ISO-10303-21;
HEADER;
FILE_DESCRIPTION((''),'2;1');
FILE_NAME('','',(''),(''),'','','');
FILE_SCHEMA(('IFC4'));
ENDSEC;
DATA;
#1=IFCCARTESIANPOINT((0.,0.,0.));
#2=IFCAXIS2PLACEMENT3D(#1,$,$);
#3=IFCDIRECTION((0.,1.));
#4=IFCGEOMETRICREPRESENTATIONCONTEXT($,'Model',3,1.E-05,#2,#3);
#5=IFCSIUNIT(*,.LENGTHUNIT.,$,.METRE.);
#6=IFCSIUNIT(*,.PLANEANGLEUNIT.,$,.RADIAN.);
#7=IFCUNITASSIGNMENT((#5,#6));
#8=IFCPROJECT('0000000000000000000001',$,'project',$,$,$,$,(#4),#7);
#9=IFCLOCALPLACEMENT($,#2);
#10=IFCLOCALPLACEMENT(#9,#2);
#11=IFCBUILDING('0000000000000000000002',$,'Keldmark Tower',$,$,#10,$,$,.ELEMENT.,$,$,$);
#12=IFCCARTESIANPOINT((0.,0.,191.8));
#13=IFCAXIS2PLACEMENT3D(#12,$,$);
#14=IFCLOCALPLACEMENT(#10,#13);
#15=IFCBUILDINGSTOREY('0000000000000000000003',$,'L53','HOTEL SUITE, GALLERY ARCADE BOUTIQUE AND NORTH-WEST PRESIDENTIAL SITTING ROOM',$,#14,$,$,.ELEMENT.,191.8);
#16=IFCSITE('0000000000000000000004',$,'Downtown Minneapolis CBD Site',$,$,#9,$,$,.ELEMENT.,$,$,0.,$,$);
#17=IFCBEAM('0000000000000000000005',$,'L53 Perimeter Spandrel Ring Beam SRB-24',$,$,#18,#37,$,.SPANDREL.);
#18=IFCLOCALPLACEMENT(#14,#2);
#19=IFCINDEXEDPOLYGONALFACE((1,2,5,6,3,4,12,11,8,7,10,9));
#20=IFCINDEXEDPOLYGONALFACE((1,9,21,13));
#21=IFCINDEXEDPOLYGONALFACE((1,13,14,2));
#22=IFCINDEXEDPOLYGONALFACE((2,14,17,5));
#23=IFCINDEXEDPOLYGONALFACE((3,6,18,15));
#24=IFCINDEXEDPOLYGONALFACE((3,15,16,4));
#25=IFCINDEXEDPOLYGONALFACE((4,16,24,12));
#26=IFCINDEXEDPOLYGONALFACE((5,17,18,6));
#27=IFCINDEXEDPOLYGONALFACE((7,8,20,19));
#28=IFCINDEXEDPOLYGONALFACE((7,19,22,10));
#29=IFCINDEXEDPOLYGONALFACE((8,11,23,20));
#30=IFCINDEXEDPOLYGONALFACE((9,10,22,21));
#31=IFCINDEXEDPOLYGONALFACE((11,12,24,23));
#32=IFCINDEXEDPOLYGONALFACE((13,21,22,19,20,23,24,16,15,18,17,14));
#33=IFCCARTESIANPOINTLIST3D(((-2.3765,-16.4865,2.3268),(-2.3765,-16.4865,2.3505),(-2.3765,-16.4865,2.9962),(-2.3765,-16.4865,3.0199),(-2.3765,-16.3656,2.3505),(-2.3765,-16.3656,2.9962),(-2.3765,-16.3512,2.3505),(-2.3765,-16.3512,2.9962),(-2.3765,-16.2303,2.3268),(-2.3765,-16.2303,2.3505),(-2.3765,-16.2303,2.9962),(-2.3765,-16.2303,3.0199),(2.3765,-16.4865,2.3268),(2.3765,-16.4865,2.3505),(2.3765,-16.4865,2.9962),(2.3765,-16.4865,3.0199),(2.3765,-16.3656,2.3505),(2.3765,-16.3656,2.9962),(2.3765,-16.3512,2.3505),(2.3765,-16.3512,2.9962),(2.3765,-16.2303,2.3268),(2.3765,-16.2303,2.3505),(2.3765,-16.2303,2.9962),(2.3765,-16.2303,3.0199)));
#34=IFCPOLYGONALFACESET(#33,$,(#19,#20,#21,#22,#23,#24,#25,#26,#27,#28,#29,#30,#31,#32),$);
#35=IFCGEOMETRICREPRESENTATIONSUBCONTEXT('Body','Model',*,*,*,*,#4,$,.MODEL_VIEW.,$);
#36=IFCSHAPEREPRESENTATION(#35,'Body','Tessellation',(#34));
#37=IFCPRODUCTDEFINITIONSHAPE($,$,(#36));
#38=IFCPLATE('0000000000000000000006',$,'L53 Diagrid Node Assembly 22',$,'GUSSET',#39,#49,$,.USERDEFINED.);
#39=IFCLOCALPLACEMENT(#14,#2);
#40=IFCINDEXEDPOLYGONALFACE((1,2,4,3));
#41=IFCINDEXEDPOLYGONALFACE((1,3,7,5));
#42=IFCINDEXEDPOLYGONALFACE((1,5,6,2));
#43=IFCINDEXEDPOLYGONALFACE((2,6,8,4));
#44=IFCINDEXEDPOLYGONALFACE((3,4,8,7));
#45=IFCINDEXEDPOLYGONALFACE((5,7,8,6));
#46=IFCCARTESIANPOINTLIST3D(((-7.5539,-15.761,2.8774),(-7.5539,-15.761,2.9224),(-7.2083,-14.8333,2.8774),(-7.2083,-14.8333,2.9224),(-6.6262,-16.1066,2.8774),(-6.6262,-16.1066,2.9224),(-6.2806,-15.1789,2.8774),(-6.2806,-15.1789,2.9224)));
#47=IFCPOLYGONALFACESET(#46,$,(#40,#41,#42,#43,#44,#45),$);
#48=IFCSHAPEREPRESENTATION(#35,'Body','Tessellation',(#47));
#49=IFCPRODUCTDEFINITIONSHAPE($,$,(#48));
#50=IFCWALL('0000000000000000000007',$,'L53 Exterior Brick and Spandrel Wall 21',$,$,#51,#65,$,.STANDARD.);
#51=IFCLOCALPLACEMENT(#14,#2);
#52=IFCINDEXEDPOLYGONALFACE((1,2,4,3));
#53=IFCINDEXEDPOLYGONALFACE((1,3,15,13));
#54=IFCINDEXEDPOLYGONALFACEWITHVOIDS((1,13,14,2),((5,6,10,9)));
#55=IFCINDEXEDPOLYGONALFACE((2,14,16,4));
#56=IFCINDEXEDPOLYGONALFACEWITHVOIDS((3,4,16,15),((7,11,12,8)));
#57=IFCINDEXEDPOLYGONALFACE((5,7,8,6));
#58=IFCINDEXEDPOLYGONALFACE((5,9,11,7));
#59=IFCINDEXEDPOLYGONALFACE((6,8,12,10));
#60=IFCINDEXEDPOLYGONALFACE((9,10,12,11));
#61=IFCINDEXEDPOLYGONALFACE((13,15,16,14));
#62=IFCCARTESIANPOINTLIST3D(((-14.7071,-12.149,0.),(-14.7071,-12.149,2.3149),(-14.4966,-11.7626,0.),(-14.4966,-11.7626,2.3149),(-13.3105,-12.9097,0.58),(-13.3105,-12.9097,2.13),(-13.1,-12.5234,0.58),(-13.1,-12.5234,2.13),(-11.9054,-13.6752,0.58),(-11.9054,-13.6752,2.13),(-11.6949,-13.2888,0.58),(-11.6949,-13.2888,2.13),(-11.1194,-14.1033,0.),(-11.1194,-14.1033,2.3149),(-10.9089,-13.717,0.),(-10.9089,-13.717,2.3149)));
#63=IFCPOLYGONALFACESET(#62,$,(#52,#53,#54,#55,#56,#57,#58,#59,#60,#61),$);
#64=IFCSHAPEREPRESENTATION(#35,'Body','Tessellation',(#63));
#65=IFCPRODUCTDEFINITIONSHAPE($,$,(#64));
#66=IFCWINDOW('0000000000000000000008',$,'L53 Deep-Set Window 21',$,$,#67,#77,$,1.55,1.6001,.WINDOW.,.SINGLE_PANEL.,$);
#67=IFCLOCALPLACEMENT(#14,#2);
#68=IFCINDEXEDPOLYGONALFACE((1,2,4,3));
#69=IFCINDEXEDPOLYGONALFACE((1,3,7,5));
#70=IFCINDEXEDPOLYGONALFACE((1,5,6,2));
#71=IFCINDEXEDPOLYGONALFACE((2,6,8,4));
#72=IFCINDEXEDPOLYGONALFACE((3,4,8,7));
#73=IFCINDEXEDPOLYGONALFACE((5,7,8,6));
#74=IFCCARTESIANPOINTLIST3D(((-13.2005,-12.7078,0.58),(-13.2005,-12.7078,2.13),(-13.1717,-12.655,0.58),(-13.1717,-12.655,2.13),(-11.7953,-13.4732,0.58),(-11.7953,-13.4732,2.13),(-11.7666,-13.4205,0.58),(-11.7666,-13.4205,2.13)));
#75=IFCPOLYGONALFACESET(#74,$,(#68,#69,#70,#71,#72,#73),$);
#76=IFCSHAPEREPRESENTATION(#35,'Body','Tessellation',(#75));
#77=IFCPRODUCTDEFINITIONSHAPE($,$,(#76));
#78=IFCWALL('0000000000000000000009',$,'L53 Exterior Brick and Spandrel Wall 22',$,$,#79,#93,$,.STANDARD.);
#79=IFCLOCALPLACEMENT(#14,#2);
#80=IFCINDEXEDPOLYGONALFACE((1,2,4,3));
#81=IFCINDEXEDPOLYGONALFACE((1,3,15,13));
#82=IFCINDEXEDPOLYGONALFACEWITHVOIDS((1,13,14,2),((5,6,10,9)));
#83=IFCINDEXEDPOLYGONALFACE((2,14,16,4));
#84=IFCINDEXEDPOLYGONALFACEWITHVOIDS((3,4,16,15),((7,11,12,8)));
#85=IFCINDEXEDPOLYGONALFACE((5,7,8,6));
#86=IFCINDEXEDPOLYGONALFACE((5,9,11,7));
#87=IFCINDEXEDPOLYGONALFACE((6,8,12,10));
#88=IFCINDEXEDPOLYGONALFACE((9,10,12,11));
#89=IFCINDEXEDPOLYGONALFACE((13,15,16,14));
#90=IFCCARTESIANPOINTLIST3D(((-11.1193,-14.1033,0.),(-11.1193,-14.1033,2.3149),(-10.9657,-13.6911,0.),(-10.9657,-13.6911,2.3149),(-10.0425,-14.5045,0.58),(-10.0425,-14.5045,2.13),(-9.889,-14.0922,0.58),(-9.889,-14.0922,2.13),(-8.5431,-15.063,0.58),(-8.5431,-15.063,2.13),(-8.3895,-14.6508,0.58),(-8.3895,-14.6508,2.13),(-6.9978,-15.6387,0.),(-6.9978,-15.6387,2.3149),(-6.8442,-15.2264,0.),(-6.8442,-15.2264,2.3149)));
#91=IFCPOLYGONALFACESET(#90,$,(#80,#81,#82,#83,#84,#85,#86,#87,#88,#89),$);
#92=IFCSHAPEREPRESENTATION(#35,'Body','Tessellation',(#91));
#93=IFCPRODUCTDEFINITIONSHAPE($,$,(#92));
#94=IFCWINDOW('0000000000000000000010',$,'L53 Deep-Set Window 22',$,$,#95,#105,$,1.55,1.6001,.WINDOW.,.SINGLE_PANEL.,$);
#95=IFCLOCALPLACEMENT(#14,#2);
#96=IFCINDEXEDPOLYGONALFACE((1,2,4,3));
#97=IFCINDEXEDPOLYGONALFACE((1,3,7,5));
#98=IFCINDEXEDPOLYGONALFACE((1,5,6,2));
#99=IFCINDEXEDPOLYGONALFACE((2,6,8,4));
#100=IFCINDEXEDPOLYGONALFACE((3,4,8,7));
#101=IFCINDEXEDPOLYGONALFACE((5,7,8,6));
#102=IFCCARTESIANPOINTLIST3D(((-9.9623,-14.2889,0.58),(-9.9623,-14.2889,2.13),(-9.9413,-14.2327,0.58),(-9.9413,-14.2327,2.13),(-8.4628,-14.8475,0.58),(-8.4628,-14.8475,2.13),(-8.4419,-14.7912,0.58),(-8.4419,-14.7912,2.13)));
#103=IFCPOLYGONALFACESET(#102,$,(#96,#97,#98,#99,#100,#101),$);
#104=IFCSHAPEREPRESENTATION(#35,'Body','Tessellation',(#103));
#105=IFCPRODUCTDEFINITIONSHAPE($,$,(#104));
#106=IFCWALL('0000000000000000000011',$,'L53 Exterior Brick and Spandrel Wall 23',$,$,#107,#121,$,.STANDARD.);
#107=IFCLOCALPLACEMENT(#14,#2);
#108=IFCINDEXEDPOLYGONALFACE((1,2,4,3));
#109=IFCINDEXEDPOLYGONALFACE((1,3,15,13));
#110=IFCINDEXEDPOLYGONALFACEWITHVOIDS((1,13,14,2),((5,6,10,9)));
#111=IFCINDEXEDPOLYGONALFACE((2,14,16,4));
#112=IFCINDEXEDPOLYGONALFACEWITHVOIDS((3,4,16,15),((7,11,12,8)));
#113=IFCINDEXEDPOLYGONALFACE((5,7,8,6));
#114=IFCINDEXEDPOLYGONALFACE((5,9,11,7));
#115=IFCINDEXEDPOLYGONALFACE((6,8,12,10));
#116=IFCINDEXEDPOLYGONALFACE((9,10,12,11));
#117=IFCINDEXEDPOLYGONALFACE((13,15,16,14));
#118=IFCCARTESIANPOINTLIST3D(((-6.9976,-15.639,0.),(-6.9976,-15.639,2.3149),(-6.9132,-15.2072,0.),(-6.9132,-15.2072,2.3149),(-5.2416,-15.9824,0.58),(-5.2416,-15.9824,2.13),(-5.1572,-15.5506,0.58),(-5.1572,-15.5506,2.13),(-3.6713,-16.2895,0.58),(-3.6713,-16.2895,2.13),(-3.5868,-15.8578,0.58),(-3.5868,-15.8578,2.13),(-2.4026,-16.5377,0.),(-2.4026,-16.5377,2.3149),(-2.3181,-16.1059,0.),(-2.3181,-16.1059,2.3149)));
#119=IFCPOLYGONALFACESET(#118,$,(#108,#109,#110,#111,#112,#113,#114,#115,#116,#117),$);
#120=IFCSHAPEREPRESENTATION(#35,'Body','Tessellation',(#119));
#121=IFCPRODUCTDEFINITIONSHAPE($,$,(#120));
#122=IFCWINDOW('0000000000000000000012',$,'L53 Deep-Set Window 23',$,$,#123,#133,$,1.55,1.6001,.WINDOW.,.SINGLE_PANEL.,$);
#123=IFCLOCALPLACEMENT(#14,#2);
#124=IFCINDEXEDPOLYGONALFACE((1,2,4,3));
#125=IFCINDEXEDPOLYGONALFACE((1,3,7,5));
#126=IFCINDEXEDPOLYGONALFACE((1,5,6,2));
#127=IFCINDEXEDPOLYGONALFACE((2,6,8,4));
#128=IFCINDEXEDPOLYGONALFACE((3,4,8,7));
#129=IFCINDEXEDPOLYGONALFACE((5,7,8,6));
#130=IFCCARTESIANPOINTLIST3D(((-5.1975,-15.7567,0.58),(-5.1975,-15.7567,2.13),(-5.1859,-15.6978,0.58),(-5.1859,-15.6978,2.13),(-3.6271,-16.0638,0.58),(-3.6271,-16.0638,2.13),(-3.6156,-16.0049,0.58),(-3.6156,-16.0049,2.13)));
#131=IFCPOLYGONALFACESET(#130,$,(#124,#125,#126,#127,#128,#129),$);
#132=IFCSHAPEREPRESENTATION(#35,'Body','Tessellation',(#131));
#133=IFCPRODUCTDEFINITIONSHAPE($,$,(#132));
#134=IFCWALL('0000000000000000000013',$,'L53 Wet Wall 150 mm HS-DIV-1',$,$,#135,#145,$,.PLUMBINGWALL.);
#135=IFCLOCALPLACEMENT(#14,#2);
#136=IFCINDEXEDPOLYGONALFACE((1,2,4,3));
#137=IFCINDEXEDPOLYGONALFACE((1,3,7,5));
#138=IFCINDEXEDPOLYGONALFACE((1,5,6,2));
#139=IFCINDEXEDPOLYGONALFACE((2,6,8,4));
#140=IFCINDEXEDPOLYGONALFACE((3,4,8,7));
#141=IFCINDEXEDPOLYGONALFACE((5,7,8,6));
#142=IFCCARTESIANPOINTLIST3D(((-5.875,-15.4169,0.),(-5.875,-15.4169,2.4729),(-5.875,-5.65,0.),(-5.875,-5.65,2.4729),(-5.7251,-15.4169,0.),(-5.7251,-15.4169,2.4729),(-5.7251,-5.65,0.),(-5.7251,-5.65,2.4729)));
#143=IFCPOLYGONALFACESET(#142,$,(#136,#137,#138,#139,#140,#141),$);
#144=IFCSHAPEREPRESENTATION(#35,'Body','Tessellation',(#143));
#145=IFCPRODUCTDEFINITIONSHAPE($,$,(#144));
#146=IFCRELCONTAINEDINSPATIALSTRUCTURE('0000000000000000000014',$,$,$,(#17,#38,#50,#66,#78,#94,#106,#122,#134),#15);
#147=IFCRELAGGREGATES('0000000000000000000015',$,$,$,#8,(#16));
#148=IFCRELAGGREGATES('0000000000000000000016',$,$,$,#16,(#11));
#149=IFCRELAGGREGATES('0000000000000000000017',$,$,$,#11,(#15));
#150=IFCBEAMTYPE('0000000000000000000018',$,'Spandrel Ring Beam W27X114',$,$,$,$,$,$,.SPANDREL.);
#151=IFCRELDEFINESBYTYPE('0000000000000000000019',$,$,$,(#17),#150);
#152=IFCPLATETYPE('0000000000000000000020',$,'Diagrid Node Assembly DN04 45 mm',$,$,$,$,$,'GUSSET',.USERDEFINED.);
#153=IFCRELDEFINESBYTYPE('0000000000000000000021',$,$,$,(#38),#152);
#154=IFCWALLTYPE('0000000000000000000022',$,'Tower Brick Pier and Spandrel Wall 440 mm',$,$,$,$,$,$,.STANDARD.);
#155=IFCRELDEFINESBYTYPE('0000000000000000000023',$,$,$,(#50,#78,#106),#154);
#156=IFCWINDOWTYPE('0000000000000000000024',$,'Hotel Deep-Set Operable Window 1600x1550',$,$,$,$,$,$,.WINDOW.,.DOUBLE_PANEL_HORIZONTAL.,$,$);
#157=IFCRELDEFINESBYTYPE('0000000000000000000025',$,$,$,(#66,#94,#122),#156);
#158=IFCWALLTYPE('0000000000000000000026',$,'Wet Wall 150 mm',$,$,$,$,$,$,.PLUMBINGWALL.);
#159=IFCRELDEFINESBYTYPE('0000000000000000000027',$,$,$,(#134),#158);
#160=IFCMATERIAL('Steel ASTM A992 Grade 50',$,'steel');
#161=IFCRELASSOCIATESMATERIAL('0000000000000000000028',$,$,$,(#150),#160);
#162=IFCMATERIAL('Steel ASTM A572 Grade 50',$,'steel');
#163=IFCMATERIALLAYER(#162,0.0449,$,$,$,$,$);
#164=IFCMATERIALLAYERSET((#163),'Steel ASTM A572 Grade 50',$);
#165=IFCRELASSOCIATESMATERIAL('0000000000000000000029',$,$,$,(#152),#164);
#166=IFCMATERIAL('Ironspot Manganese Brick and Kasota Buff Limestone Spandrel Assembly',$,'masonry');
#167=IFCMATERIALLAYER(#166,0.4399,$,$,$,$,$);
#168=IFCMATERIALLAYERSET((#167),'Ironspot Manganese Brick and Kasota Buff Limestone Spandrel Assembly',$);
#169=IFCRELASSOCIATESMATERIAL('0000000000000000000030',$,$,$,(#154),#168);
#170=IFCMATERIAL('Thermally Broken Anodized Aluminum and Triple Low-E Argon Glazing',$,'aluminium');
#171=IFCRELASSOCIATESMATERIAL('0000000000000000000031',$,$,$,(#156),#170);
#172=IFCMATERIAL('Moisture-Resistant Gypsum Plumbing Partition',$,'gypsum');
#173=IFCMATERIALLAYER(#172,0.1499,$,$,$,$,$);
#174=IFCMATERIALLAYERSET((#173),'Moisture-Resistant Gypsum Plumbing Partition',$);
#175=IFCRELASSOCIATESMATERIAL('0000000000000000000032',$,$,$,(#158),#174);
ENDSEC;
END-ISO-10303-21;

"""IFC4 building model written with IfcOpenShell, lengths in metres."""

from ifc_helpers import new_model, si_unit, direction, frame, frame_2d, origin, origin_2d, place, context, subcontext, project, spatial, rectangle, i_section, extrude, material, layer, layer_set, material_profile, profile_set, type_object, element, fill, save


model = new_model("IFC4")

# Units and contexts
model_context = context("Model", 3, precision=1e-05, world=origin(), true_north=direction((0.0, 1.0)))
body_context = subcontext(model_context, "Body", "Model", "MODEL_VIEW")
ifc_project = project(units=[si_unit("LENGTHUNIT", "METRE"), si_unit("PLANEANGLEUNIT", "RADIAN")], contexts=[model_context])

# Site, building, storey
site_placement = place(None, origin())
site = spatial("IfcSite", under=ifc_project, at=site_placement, Name="Downtown Minneapolis CBD Site", CompositionType="ELEMENT", RefElevation=0.0)
building_placement = place(site_placement, origin())
building = spatial("IfcBuilding", under=site, at=building_placement, Name="Keldmark Tower", CompositionType="ELEMENT")
storey_placement = place(building_placement, frame((0.0, 0.0, 191.8)))
storey = spatial("IfcBuildingStorey", under=building, at=storey_placement, Name="L53", Description="HOTEL SUITE, GALLERY ARCADE BOUTIQUE AND NORTH-WEST PRESIDENTIAL SITTING ROOM", CompositionType="ELEMENT", Elevation=191.8)

# Beam
ifc_material_1 = material(Name="Steel ASTM A992 Grade 50", Category="steel")
ifc_material_profile_1 = material_profile(ifc_material_1, i_section(OverallWidth=0.2561, OverallDepth=0.6931, WebThickness=0.0144, FlangeThickness=0.0237, at=origin_2d()), Name="W27X114")
ifc_profile_set_1 = profile_set([ifc_material_profile_1], Name="Steel ASTM A992 Grade 50")
beam_type_1 = type_object("IfcBeamType", Name="Spandrel Ring Beam W27X114", PredefinedType="SPANDREL", material=ifc_profile_set_1)
beam_1_placement = place(storey_placement, frame((-2.3765, -16.3584, 2.6733), z_axis=(1.0, 0.0, 0.0), x_axis=(0.0, 1.0, 0.0)))
element("IfcBeam", 1, at=beam_1_placement, inside=storey, type_object=beam_type_1, Name="L53 Perimeter Spandrel Ring Beam SRB-24", PredefinedType="SPANDREL", context=body_context, shape_type="SweptSolid", body=[
    extrude(i_section(OverallWidth=0.2561, OverallDepth=0.6931, WebThickness=0.0144, FlangeThickness=0.0237, at=origin_2d()), origin(), (0.0, 0.0, 1.0), 4.7529),
])

# Plate
ifc_material_2 = material(Name="Steel ASTM A572 Grade 50", Category="steel")
ifc_layer_1 = layer(ifc_material_2, 0.0449)
ifc_layer_set_1 = layer_set([ifc_layer_1], Name="Steel ASTM A572 Grade 50")
plate_type = type_object("IfcPlateType", Name="Diagrid Node Assembly DN04 45 mm", ElementType="GUSSET", PredefinedType="USERDEFINED", material=ifc_layer_set_1)
plate_placement = place(storey_placement, frame((-6.9172, -15.47, 2.8774), z_axis=(0.0, 0.0, 1.0), x_axis=(0.937099, -0.349063, 0.0)))
element("IfcPlate", 2, at=plate_placement, inside=storey, type_object=plate_type, Name="L53 Diagrid Node Assembly 22", ObjectType="GUSSET", PredefinedType="USERDEFINED", context=body_context, shape_type="SweptSolid", body=[
    extrude(rectangle(XDim=0.99, YDim=0.99, at=origin_2d()), origin(), (0.0, 0.0, 1.0), 0.0449),
])

# Walls, openings, windows
ifc_material_3 = material(Name="Ironspot Manganese Brick and Kasota Buff Limestone Spandrel Assembly", Category="masonry")
ifc_layer_2 = layer(ifc_material_3, 0.4399)
ifc_layer_set_2 = layer_set([ifc_layer_2], Name="Ironspot Manganese Brick and Kasota Buff Limestone Spandrel Assembly")
wall_type_1 = type_object("IfcWallType", Name="Tower Brick Pier and Spandrel Wall 440 mm", PredefinedType="STANDARD", material=ifc_layer_set_2)
wall_1_placement = place(storey_placement, frame((-11.0142, -13.9102, 0.0), z_axis=(0.0, 0.0, 1.0), x_axis=(-0.878158, 0.478371, 0.0)))
wall_1 = element("IfcWall", 3, at=wall_1_placement, inside=storey, type_object=wall_type_1, Name="L53 Exterior Brick and Spandrel Wall 21", PredefinedType="STANDARD", context=body_context, shape_type="SweptSolid", body=[
    extrude(rectangle(XDim=4.0854, YDim=0.4399, at=frame_2d((2.0427, 0.0))), origin(), (0.0, 0.0, 1.0), 2.3149),
])
opening_1_placement = place(wall_1_placement, frame((0.895, 0.0, 0.5801)))
opening_1 = element("IfcOpeningElement", 4, at=opening_1_placement, cuts=wall_1, PredefinedType="OPENING", context=body_context, shape_type="SweptSolid", body=[
    extrude(rectangle(XDim=1.6001, YDim=1.55, at=frame_2d((0.8, 0.7749))), frame((0.0, 0.23, 0.0), z_axis=(0.0, -1.0, 0.0), x_axis=(1.0, 0.0, 0.0)), (0.0, 0.0, 1.0), 0.46),
])
ifc_material_4 = material(Name="Thermally Broken Anodized Aluminum and Triple Low-E Argon Glazing", Category="aluminium")
window_type = type_object("IfcWindowType", Name="Hotel Deep-Set Operable Window 1600x1550", PartitioningType="DOUBLE_PANEL_HORIZONTAL", PredefinedType="WINDOW", material=ifc_material_4)
window_1_placement = place(opening_1_placement, origin())
window_1 = element("IfcWindow", 5, at=window_1_placement, inside=storey, type_object=window_type, Name="L53 Deep-Set Window 21", OverallHeight=1.55, OverallWidth=1.6001, PartitioningType="SINGLE_PANEL", PredefinedType="WINDOW", context=body_context, shape_type="SweptSolid", body=[
    extrude(rectangle(XDim=1.6001, YDim=1.55, at=frame_2d((0.8, 0.7749))), frame((0.0, -0.01, 0.0), z_axis=(0.0, -1.0, 0.0), x_axis=(1.0, 0.0, 0.0)), (0.0, 0.0, 1.0), 0.0601),
])
fill(opening_1, window_1)
wall_2_placement = place(storey_placement, frame((-6.9209, -15.4326, 0.0), z_axis=(0.0, 0.0, 1.0), x_axis=(-0.937089, 0.349091, 0.0)))
wall_2 = element("IfcWall", 6, at=wall_2_placement, inside=storey, type_object=wall_type_1, Name="L53 Exterior Brick and Spandrel Wall 22", PredefinedType="STANDARD", context=body_context, shape_type="SweptSolid", body=[
    extrude(rectangle(XDim=4.3982, YDim=0.4399, at=frame_2d((2.1992, 0.0))), origin(), (0.0, 0.0, 1.0), 2.3149),
])
opening_2_placement = place(wall_2_placement, frame((1.6492, 0.0, 0.5801)))
opening_2 = element("IfcOpeningElement", 7, at=opening_2_placement, cuts=wall_2, PredefinedType="OPENING", context=body_context, shape_type="SweptSolid", body=[
    extrude(rectangle(XDim=1.6001, YDim=1.55, at=frame_2d((0.8, 0.7749))), frame((0.0, 0.23, 0.0), z_axis=(0.0, -1.0, 0.0), x_axis=(1.0, 0.0, 0.0)), (0.0, 0.0, 1.0), 0.46),
])
window_2_placement = place(opening_2_placement, origin())
window_2 = element("IfcWindow", 8, at=window_2_placement, inside=storey, type_object=window_type, Name="L53 Deep-Set Window 22", OverallHeight=1.55, OverallWidth=1.6001, PartitioningType="SINGLE_PANEL", PredefinedType="WINDOW", context=body_context, shape_type="SweptSolid", body=[
    extrude(rectangle(XDim=1.6001, YDim=1.55, at=frame_2d((0.8, 0.7749))), frame((0.0, -0.01, 0.0), z_axis=(0.0, -1.0, 0.0), x_axis=(1.0, 0.0, 0.0)), (0.0, 0.0, 1.0), 0.0601),
])
fill(opening_2, window_2)
wall_3_placement = place(storey_placement, frame((-2.3604, -16.3218, 0.0), z_axis=(0.0, 0.0, 1.0), x_axis=(-0.981406, 0.191943, 0.0)))
wall_3 = element("IfcWall", 9, at=wall_3_placement, inside=storey, type_object=wall_type_1, Name="L53 Exterior Brick and Spandrel Wall 23", PredefinedType="STANDARD", context=body_context, shape_type="SweptSolid", body=[
    extrude(rectangle(XDim=4.6821, YDim=0.4399, at=frame_2d((2.3411, 0.0))), origin(), (0.0, 0.0, 1.0), 2.3149),
])
opening_3_placement = place(wall_3_placement, frame((1.2927, 0.0, 0.5801)))
opening_3 = element("IfcOpeningElement", 10, at=opening_3_placement, cuts=wall_3, PredefinedType="OPENING", context=body_context, shape_type="SweptSolid", body=[
    extrude(rectangle(XDim=1.6001, YDim=1.55, at=frame_2d((0.8, 0.7749))), frame((0.0, 0.23, 0.0), z_axis=(0.0, -1.0, 0.0), x_axis=(1.0, 0.0, 0.0)), (0.0, 0.0, 1.0), 0.46),
])
window_3_placement = place(opening_3_placement, origin())
window_3 = element("IfcWindow", 11, at=window_3_placement, inside=storey, type_object=window_type, Name="L53 Deep-Set Window 23", OverallHeight=1.55, OverallWidth=1.6001, PartitioningType="SINGLE_PANEL", PredefinedType="WINDOW", context=body_context, shape_type="SweptSolid", body=[
    extrude(rectangle(XDim=1.6001, YDim=1.55, at=frame_2d((0.8, 0.7749))), frame((0.0, -0.01, 0.0), z_axis=(0.0, -1.0, 0.0), x_axis=(1.0, 0.0, 0.0)), (0.0, 0.0, 1.0), 0.0601),
])
fill(opening_3, window_3)

# Wall
ifc_material_5 = material(Name="Moisture-Resistant Gypsum Plumbing Partition", Category="gypsum")
ifc_layer_3 = layer(ifc_material_5, 0.1499)
ifc_layer_set_3 = layer_set([ifc_layer_3], Name="Moisture-Resistant Gypsum Plumbing Partition")
wall_type_2 = type_object("IfcWallType", Name="Wet Wall 150 mm", PredefinedType="PLUMBINGWALL", material=ifc_layer_set_3)
wall_4_placement = place(storey_placement, frame((-5.8, -15.4167, 0.0), z_axis=(0.0, 0.0, 1.0), x_axis=(0.0, 1.0, 0.0)))
element("IfcWall", 12, at=wall_4_placement, inside=storey, type_object=wall_type_2, Name="L53 Wet Wall 150 mm HS-DIV-1", PredefinedType="PLUMBINGWALL", context=body_context, shape_type="SweptSolid", body=[
    extrude(rectangle(XDim=9.7668, YDim=0.1499, at=frame_2d((4.8833, 0.0))), origin(), (0.0, 0.0, 1.0), 2.4729),
])

save(model, "model.ifc")
